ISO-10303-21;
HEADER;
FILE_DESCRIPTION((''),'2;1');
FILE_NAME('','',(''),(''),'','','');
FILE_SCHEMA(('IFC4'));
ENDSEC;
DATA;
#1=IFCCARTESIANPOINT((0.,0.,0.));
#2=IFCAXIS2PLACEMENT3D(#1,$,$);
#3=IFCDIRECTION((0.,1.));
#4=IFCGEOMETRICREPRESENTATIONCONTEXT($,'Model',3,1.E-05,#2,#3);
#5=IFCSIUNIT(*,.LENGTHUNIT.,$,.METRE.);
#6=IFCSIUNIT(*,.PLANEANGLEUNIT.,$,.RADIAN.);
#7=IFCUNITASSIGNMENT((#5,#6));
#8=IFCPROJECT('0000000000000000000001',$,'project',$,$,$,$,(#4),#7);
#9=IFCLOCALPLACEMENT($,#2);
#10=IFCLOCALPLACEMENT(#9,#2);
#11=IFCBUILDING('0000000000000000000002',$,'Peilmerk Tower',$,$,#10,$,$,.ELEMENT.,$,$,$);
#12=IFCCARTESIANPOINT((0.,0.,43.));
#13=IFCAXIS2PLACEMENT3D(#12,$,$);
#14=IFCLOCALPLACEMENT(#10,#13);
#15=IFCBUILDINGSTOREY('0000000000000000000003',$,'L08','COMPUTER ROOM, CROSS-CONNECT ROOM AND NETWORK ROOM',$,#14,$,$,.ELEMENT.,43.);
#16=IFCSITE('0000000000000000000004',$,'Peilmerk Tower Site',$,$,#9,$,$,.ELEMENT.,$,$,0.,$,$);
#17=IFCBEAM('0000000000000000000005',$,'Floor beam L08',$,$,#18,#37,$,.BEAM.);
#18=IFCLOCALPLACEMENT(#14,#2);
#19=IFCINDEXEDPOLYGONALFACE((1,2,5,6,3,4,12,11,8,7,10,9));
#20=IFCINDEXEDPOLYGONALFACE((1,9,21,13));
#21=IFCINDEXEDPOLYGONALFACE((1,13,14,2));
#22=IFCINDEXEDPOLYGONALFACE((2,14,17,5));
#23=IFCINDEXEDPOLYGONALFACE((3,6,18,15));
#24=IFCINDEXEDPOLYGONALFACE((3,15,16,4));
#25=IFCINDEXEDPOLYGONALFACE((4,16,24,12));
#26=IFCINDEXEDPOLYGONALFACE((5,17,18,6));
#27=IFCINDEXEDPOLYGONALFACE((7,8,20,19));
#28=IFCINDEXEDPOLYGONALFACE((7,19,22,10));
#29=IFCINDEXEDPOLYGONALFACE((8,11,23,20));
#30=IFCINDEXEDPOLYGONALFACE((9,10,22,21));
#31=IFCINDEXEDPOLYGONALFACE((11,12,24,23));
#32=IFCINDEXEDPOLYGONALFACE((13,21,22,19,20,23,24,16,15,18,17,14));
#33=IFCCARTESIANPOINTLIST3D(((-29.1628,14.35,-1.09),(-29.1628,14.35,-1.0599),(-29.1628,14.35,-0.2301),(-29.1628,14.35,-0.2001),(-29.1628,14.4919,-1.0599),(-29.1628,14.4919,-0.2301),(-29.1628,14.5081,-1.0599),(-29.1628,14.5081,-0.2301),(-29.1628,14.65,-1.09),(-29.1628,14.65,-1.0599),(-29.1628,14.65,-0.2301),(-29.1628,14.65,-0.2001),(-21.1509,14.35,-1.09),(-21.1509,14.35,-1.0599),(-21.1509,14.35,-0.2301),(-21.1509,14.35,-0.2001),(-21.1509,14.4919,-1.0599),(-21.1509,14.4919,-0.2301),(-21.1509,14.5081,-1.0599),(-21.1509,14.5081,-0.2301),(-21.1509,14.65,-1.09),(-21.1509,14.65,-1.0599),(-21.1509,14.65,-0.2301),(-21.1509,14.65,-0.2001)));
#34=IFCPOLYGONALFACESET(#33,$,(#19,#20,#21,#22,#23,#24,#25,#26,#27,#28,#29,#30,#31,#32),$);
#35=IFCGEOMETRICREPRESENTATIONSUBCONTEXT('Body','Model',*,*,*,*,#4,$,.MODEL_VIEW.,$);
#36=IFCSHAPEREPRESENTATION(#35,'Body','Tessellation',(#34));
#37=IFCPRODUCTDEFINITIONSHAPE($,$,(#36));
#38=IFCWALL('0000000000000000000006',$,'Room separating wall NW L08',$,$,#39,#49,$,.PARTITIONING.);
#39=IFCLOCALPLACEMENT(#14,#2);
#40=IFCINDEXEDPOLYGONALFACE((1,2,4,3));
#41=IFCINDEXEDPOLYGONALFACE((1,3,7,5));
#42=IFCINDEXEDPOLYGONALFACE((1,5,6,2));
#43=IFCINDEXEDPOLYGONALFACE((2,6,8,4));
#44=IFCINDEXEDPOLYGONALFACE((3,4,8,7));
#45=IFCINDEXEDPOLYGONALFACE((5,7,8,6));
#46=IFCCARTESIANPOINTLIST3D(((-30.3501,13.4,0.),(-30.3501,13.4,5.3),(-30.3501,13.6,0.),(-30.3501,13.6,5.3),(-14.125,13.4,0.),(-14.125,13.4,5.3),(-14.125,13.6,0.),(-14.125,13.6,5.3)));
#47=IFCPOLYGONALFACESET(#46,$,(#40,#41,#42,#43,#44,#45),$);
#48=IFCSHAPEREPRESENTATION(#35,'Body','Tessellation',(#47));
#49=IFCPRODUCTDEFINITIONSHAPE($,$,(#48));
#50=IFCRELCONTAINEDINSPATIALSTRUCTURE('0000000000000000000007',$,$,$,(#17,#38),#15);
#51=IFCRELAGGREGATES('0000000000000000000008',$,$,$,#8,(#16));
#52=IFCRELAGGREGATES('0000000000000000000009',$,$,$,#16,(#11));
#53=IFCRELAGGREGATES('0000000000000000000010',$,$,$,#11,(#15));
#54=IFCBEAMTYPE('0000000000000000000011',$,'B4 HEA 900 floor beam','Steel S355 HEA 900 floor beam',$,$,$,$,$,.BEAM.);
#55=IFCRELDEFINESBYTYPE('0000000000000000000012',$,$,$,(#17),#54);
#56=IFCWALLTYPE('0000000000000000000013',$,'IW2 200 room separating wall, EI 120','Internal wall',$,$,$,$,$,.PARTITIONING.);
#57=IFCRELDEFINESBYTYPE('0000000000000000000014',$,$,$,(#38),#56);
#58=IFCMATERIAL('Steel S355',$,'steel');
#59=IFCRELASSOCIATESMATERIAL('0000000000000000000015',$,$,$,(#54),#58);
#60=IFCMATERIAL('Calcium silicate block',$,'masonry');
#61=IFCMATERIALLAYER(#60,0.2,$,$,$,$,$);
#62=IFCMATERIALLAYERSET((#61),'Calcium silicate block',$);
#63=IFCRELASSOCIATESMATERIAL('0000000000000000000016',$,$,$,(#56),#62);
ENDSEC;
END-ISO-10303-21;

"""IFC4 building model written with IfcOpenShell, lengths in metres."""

from ifc_helpers import new_model, si_unit, direction, frame, frame_2d, origin, origin_2d, place, context, subcontext, project, spatial, rectangle, i_section, extrude, material, layer, layer_set, material_profile, profile_set, type_object, element, save


model = new_model("IFC4")

# Units and contexts
model_context = context("Model", 3, precision=1e-05, world=origin(), true_north=direction((0.0, 1.0)))
body_context = subcontext(model_context, "Body", "Model", "MODEL_VIEW")
ifc_project = project(units=[si_unit("LENGTHUNIT", "METRE"), si_unit("PLANEANGLEUNIT", "RADIAN")], contexts=[model_context])

# Site, building, storey
site_placement = place(None, origin())
site = spatial("IfcSite", under=ifc_project, at=site_placement, Name="Peilmerk Tower Site", CompositionType="ELEMENT", RefElevation=0.0)
building_placement = place(site_placement, origin())
building = spatial("IfcBuilding", under=site, at=building_placement, Name="Peilmerk Tower", CompositionType="ELEMENT")
storey_placement = place(building_placement, frame((0.0, 0.0, 43.0)))
storey = spatial("IfcBuildingStorey", under=building, at=storey_placement, Name="L08", Description="COMPUTER ROOM, CROSS-CONNECT ROOM AND NETWORK ROOM", CompositionType="ELEMENT", Elevation=43.0)

# Beam
ifc_material_1 = material(Name="Steel S355", Category="steel")
ifc_material_profile_1 = material_profile(ifc_material_1, i_section(OverallWidth=0.3, OverallDepth=0.8899, WebThickness=0.0161, FlangeThickness=0.03, at=origin_2d()), Name="HEA 900")
ifc_profile_set_1 = profile_set([ifc_material_profile_1], Name="Steel S355")
beam_type_1 = type_object("IfcBeamType", Name="B4 HEA 900 floor beam", Description="Steel S355 HEA 900 floor beam", PredefinedType="BEAM", material=ifc_profile_set_1)
beam_1_placement = place(storey_placement, frame((-21.1509, 14.5, -0.645), z_axis=(-1.0, 0.0, 0.0), x_axis=(0.0, -1.0, 0.0)))
element("IfcBeam", 1, at=beam_1_placement, inside=storey, type_object=beam_type_1, Name="Floor beam L08", PredefinedType="BEAM", context=body_context, shape_type="SweptSolid", body=[
    extrude(i_section(OverallWidth=0.3, OverallDepth=0.8899, WebThickness=0.0161, FlangeThickness=0.03, at=origin_2d()), origin(), (0.0, 0.0, 1.0), 8.012),
])

# Wall
ifc_material_2 = material(Name="Calcium silicate block", Category="masonry")
ifc_layer = layer(ifc_material_2, 0.2)
ifc_layer_set = layer_set([ifc_layer], Name="Calcium silicate block")
wall_type = type_object("IfcWallType", Name="IW2 200 room separating wall, EI 120", Description="Internal wall", PredefinedType="PARTITIONING", material=ifc_layer_set)
wall_placement = place(storey_placement, frame((-30.3501, 13.5, 0.0), z_axis=(0.0, 0.0, 1.0), x_axis=(1.0, 0.0, 0.0)))
element("IfcWall", 2, at=wall_placement, inside=storey, type_object=wall_type, Name="Room separating wall NW L08", PredefinedType="PARTITIONING", context=body_context, shape_type="SweptSolid", body=[
    extrude(rectangle(XDim=16.2251, YDim=0.2, at=frame_2d((8.1125, 0.0))), origin(), (0.0, 0.0, 1.0), 5.3),
])

save(model, "model.ifc")
